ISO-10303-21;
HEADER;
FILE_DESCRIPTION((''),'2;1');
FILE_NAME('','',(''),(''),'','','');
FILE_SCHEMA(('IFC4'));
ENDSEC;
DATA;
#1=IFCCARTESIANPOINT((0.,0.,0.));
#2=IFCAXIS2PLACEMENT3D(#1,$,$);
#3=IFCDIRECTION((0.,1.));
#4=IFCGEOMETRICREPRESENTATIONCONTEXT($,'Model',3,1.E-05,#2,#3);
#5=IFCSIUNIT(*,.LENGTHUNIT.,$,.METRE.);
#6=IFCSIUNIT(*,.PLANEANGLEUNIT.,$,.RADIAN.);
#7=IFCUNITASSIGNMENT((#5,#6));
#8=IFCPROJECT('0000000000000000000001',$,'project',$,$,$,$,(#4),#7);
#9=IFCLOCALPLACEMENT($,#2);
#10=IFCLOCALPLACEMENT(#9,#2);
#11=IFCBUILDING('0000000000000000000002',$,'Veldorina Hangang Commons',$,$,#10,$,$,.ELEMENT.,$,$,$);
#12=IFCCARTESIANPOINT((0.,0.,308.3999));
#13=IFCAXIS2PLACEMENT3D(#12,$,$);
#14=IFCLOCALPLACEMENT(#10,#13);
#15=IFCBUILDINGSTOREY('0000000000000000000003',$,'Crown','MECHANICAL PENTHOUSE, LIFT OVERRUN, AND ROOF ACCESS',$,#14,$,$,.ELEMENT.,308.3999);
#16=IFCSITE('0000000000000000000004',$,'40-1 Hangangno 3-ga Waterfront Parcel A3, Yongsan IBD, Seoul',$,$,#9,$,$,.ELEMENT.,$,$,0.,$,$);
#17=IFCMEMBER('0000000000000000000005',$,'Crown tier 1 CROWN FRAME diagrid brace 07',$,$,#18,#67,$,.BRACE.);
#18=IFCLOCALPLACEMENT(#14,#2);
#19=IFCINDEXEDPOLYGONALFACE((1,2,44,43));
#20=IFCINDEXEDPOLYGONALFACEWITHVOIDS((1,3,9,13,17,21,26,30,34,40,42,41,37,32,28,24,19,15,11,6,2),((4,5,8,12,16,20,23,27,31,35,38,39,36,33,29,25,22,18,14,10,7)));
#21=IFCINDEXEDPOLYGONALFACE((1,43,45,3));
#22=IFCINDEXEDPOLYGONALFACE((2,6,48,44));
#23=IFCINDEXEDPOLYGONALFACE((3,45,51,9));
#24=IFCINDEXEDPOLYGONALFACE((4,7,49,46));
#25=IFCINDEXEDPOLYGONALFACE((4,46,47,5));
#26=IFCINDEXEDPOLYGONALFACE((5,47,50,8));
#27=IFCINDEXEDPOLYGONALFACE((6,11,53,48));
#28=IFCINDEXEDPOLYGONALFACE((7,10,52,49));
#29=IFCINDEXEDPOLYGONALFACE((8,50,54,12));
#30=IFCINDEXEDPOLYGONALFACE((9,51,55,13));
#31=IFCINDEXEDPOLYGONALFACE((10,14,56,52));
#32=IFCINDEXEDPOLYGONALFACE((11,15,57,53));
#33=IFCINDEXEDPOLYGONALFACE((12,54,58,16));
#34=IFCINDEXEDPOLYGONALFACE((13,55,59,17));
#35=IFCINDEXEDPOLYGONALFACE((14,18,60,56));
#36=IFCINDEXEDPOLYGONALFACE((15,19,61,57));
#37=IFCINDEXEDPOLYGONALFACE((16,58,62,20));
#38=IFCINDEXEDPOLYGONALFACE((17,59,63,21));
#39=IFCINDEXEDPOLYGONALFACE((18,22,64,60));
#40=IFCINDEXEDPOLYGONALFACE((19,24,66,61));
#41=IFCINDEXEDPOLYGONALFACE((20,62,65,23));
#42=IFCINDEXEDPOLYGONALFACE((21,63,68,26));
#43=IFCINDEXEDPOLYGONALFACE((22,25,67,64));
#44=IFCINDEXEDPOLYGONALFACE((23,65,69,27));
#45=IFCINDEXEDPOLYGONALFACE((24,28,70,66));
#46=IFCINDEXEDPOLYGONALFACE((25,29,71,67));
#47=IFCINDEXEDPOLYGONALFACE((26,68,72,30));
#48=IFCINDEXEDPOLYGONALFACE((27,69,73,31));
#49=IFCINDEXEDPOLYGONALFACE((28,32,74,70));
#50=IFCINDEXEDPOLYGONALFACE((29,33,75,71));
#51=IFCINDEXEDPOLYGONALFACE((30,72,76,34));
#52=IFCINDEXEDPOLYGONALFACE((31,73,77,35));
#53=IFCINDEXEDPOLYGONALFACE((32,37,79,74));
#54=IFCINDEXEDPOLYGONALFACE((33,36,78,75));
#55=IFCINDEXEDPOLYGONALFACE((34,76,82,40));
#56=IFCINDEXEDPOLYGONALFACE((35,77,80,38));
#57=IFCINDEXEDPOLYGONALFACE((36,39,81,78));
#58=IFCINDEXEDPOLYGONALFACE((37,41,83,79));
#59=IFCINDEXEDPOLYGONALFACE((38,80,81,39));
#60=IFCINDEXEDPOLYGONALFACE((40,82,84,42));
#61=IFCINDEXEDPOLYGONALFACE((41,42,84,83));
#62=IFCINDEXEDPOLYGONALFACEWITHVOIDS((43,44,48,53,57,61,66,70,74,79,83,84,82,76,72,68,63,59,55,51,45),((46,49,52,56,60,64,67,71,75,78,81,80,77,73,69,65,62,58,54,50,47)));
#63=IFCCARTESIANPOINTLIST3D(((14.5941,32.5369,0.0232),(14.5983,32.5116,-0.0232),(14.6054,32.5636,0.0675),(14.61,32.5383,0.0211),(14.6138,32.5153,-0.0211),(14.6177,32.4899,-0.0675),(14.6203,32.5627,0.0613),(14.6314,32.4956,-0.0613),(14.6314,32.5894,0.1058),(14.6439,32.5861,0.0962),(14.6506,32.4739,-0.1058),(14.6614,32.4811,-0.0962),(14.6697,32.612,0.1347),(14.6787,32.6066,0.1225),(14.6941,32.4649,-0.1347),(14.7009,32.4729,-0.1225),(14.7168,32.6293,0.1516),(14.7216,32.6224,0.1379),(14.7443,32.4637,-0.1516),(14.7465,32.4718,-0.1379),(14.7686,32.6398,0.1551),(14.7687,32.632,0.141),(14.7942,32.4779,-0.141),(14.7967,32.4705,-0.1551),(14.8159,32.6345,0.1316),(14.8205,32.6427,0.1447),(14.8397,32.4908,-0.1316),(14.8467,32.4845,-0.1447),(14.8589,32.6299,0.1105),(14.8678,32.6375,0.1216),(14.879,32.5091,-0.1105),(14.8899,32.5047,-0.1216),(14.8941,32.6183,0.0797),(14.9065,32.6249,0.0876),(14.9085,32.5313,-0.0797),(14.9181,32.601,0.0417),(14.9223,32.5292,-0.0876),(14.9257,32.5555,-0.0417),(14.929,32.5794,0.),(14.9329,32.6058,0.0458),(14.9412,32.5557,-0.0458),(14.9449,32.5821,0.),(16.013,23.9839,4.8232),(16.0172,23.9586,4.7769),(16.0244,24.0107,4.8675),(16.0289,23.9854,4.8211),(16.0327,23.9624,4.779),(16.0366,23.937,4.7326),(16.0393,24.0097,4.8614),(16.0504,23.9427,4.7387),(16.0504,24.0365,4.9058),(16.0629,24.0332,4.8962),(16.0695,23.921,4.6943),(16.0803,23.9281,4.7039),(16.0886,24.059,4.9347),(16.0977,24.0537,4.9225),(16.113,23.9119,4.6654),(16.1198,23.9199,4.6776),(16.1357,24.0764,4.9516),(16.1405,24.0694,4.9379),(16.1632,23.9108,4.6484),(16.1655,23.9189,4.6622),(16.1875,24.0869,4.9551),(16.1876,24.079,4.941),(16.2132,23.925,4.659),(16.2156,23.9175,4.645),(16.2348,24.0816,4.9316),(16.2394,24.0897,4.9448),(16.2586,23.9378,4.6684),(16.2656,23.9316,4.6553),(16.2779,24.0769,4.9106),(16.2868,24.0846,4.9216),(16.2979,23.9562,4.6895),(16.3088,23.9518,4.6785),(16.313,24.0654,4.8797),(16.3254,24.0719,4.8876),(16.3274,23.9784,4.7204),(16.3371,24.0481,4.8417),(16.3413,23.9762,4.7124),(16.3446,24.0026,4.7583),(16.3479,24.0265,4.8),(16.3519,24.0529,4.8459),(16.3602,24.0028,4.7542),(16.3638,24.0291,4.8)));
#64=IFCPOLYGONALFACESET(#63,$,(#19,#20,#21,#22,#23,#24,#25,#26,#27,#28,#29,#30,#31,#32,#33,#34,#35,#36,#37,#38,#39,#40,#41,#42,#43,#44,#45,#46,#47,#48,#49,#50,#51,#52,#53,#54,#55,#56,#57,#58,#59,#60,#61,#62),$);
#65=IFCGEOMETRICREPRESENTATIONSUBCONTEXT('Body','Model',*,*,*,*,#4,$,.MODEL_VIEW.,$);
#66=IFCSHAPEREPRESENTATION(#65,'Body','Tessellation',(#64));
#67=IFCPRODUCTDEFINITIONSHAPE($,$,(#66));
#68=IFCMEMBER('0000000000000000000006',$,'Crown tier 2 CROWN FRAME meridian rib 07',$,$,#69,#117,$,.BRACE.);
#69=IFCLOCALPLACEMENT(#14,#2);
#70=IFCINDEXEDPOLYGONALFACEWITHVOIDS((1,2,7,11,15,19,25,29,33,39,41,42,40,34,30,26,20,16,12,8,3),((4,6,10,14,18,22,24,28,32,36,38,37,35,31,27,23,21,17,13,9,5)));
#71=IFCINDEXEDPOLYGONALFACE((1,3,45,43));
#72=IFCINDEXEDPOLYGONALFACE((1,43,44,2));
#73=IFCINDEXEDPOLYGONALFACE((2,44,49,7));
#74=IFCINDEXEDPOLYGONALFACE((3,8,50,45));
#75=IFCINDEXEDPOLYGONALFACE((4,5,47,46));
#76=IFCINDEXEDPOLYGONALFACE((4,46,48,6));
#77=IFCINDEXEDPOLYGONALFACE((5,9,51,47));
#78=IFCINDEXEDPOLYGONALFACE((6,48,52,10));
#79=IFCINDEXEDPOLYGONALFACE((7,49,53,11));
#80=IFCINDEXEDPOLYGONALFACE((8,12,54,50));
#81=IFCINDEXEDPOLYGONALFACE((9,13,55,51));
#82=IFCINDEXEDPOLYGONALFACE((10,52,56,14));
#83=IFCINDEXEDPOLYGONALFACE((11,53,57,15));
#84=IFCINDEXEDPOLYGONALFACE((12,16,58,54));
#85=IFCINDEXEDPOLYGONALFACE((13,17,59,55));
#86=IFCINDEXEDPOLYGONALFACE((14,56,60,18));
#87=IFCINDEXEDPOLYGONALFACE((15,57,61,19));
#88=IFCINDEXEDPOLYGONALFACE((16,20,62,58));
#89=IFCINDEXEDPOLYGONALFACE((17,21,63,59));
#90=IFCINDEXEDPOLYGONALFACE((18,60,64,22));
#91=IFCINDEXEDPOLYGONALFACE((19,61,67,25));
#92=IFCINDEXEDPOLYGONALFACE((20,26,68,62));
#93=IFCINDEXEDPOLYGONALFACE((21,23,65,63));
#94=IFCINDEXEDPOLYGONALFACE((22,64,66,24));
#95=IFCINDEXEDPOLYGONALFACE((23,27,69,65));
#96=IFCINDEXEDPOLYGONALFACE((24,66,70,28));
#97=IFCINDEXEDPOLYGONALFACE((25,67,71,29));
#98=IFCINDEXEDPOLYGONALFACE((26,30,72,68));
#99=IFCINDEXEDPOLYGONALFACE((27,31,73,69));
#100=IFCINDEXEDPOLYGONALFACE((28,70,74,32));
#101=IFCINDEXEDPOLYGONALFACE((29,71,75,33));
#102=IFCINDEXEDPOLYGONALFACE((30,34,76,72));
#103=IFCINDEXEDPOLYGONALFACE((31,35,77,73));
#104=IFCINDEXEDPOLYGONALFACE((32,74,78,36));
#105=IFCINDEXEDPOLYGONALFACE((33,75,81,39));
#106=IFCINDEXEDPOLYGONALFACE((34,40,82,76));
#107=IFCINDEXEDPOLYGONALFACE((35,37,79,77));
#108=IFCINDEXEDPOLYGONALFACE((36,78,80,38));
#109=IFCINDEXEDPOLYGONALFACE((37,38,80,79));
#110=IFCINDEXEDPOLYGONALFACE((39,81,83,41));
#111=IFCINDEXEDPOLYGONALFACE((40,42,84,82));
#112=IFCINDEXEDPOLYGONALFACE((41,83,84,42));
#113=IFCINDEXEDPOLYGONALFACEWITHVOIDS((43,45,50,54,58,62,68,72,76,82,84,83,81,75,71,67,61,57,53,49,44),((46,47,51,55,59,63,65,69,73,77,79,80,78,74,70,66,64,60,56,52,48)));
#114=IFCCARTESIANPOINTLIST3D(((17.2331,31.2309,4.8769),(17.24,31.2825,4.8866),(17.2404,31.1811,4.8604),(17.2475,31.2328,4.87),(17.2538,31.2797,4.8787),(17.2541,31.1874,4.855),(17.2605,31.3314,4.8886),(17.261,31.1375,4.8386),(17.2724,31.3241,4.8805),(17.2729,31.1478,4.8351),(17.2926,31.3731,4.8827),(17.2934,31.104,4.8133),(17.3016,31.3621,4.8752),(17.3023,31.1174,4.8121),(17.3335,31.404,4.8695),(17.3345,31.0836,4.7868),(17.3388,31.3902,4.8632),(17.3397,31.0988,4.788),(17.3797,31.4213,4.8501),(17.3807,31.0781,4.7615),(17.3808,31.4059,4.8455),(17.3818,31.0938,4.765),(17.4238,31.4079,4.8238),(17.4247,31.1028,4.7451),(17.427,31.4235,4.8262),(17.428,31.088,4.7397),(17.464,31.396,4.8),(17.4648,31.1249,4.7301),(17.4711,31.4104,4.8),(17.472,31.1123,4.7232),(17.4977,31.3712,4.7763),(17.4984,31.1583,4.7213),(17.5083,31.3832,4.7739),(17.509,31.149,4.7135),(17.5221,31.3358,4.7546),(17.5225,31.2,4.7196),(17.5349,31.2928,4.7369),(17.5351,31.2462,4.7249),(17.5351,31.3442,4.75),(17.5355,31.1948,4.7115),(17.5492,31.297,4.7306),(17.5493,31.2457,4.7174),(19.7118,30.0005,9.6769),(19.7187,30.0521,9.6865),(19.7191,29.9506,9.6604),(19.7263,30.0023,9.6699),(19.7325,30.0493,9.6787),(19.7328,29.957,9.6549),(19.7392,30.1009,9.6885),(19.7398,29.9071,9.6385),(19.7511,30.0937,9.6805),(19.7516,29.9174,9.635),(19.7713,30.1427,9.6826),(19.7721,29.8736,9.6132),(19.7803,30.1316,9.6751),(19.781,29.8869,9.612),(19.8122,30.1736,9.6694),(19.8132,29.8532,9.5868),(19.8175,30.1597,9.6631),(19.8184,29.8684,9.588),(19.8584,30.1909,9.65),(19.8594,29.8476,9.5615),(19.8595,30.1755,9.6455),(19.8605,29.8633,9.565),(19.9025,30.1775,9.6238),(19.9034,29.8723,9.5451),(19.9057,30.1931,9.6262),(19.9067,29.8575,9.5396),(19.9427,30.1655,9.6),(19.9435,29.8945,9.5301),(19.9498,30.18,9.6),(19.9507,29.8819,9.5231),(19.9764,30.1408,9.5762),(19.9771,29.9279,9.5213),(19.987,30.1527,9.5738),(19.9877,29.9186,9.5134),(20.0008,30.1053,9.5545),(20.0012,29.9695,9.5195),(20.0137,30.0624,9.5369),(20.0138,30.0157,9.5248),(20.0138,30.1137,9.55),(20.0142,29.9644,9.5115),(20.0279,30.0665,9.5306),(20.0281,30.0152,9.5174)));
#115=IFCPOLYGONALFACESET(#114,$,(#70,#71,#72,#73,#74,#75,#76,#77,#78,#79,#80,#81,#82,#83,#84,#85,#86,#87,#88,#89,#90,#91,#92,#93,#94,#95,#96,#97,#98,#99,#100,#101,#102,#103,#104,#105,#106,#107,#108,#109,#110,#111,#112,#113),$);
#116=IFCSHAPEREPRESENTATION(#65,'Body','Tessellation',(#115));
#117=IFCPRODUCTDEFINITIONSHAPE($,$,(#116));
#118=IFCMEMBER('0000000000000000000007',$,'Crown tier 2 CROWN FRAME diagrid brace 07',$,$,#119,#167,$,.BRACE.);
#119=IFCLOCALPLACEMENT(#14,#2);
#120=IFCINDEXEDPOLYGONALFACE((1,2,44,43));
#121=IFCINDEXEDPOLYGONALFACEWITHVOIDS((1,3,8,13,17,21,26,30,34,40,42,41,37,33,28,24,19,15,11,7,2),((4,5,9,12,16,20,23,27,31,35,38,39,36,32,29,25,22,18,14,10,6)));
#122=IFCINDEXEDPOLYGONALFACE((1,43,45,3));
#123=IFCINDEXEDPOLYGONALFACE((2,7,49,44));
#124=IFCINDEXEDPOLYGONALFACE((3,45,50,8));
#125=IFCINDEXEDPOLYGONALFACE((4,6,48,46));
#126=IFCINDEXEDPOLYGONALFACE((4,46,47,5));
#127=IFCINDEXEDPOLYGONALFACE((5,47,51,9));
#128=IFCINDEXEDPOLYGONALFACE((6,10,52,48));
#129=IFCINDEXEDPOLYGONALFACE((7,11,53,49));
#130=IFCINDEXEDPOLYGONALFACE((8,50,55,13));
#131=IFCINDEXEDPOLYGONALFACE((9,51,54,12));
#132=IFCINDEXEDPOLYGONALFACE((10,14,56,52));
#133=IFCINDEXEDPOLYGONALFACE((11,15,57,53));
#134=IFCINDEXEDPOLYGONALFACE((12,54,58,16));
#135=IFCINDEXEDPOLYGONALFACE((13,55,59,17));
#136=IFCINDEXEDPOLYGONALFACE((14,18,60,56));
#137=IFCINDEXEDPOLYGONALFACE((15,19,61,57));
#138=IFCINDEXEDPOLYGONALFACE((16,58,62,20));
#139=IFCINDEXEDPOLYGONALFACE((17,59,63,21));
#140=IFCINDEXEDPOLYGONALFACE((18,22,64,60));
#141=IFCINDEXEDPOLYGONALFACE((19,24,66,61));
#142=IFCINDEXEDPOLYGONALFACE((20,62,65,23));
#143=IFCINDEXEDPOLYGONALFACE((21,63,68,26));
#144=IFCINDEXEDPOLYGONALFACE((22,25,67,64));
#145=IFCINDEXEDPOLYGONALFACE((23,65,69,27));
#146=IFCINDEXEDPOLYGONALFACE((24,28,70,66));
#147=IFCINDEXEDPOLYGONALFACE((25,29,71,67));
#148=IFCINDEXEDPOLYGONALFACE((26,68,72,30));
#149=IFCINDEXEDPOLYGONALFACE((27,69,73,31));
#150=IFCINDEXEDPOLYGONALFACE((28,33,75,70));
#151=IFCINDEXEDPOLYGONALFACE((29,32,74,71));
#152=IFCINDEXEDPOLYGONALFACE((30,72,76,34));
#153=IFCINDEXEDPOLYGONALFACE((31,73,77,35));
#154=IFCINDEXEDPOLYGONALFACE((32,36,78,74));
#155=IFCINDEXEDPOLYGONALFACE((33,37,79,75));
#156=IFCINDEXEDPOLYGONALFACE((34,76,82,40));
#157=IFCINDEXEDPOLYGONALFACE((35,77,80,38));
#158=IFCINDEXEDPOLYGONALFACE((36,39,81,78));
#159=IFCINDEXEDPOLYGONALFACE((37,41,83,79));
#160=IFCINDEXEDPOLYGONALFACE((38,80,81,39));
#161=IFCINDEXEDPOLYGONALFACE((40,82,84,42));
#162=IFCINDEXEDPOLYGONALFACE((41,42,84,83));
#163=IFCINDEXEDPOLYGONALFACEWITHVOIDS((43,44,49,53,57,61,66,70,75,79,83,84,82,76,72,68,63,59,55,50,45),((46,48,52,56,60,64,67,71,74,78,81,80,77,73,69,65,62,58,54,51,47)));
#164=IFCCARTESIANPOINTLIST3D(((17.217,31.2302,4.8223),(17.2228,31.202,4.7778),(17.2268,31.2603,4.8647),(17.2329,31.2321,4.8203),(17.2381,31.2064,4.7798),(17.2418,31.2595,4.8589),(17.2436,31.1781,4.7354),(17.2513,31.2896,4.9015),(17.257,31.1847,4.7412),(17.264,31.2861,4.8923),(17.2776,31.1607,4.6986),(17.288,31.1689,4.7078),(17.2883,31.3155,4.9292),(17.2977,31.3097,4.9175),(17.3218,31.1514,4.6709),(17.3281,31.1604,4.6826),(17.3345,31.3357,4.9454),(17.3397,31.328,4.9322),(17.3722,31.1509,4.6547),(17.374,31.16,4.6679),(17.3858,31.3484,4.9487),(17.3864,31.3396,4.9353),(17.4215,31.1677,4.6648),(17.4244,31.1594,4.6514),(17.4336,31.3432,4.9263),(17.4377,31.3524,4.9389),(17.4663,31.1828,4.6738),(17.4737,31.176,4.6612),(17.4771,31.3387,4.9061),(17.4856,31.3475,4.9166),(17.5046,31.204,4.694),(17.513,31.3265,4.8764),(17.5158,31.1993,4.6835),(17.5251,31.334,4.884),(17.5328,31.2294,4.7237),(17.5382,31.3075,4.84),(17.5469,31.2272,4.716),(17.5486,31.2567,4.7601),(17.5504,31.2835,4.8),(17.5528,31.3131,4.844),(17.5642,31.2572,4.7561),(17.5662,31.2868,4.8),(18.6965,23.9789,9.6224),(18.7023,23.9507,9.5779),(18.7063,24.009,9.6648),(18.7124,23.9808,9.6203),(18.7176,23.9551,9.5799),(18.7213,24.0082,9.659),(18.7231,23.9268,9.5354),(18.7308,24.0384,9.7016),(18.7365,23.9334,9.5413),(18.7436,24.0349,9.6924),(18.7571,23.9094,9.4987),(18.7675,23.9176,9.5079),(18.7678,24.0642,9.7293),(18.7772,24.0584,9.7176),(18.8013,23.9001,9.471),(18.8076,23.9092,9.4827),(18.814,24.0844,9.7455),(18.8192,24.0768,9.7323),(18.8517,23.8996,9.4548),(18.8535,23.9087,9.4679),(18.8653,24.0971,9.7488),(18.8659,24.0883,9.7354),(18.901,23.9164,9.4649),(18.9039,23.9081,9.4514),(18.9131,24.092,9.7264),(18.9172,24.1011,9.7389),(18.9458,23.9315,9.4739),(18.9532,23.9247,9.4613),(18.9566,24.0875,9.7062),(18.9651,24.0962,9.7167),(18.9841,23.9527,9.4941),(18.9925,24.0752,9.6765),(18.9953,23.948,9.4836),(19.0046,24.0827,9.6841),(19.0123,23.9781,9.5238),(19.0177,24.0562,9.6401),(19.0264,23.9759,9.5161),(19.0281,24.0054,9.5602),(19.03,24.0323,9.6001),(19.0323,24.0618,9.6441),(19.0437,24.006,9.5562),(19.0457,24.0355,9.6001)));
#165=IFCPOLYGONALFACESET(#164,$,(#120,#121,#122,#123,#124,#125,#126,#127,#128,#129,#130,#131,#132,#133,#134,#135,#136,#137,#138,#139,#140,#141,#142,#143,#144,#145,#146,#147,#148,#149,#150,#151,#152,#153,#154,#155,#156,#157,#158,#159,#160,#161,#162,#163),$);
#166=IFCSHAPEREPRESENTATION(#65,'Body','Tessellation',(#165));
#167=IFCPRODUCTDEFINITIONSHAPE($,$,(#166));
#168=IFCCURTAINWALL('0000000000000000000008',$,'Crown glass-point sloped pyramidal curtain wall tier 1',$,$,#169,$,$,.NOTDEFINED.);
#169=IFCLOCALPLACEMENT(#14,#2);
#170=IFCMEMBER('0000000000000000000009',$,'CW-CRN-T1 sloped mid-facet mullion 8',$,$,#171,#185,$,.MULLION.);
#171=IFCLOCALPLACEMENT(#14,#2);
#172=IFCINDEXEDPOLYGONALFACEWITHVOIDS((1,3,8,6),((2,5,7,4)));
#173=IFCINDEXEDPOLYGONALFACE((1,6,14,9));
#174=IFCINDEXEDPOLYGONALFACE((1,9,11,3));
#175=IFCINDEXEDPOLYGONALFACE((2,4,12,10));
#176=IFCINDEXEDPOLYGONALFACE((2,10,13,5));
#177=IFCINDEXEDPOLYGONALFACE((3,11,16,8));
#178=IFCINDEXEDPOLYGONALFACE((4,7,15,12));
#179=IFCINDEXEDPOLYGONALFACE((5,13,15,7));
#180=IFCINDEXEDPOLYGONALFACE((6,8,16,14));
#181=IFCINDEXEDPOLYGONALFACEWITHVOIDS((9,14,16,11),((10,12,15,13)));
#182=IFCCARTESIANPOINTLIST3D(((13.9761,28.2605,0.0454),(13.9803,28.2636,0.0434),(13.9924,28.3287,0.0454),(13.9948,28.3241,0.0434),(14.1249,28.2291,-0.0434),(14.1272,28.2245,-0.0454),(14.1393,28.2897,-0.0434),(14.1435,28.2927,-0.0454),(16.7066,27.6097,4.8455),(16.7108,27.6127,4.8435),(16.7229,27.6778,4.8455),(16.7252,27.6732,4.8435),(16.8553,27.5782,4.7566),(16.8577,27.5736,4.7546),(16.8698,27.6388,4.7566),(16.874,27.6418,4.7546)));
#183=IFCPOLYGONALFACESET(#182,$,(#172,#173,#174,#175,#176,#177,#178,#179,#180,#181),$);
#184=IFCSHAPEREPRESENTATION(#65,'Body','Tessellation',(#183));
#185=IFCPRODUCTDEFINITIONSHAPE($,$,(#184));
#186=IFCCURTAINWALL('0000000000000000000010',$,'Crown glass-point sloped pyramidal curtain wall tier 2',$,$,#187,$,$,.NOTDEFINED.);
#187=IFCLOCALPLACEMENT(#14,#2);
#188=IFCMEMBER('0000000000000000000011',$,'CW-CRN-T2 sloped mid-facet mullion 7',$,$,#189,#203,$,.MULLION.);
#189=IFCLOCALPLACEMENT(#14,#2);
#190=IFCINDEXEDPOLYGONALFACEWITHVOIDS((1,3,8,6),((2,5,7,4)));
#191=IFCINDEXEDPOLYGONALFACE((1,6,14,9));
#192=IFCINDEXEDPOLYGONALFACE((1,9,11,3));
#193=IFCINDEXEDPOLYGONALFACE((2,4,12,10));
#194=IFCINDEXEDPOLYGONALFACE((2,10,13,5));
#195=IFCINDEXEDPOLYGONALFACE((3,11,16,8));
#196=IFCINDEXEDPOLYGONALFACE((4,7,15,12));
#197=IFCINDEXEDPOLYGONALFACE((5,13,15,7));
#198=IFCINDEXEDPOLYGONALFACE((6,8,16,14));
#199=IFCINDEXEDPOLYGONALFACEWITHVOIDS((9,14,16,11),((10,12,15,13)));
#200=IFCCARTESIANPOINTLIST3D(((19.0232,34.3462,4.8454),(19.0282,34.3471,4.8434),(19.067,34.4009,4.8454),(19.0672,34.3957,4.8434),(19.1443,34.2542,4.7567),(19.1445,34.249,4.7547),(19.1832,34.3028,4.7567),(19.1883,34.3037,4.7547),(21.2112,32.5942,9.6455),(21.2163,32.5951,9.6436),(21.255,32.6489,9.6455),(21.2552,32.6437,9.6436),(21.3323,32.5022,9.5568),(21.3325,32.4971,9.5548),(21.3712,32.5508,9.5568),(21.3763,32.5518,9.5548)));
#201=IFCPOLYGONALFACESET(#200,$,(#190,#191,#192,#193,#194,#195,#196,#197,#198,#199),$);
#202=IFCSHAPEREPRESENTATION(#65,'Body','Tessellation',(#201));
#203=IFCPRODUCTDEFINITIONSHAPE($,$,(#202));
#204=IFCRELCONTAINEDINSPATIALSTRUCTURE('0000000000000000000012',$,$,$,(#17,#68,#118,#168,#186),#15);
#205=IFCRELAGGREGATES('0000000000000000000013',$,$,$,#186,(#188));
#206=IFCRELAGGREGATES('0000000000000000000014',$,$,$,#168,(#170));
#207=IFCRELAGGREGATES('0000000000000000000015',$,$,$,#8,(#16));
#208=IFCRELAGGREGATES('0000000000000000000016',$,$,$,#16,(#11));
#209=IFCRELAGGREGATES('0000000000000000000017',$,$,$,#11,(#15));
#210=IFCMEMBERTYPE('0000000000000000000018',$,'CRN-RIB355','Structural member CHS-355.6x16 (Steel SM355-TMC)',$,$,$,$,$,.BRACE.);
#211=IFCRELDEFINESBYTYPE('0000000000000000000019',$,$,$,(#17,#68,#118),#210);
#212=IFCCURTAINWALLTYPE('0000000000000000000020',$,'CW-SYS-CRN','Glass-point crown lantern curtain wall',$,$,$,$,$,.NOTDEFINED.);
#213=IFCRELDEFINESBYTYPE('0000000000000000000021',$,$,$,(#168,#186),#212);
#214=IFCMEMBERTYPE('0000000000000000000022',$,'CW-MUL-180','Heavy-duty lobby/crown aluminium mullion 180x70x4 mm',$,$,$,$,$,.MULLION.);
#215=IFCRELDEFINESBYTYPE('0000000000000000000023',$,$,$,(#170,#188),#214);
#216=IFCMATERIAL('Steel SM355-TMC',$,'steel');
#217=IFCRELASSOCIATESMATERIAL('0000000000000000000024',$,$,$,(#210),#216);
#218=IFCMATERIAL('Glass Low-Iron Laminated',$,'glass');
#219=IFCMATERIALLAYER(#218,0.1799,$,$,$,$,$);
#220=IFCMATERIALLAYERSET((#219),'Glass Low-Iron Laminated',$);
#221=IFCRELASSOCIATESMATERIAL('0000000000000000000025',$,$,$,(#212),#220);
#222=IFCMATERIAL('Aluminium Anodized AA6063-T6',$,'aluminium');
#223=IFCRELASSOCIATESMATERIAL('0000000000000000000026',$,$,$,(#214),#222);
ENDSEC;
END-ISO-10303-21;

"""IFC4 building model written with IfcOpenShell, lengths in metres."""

from ifc_helpers import new_model, si_unit, direction, frame, origin, origin_2d, place, context, subcontext, project, spatial, hollow_rectangle, hollow_circle, extrude, material, layer, layer_set, material_profile, profile_set, type_object, element, aggregate, save


model = new_model("IFC4")

# Units and contexts
model_context = context("Model", 3, precision=1e-05, world=origin(), true_north=direction((0.0, 1.0)))
body_context = subcontext(model_context, "Body", "Model", "MODEL_VIEW")
ifc_project = project(units=[si_unit("LENGTHUNIT", "METRE"), si_unit("PLANEANGLEUNIT", "RADIAN")], contexts=[model_context])

# Site, building, storey
site_placement = place(None, origin())
site = spatial("IfcSite", under=ifc_project, at=site_placement, Name="40-1 Hangangno 3-ga Waterfront Parcel A3, Yongsan IBD, Seoul", CompositionType="ELEMENT", RefElevation=0.0)
building_placement = place(site_placement, origin())
building = spatial("IfcBuilding", under=site, at=building_placement, Name="Veldorina Hangang Commons", CompositionType="ELEMENT")
storey_placement = place(building_placement, frame((0.0, 0.0, 308.3999)))
storey = spatial("IfcBuildingStorey", under=building, at=storey_placement, Name="Crown", Description="MECHANICAL PENTHOUSE, LIFT OVERRUN, AND ROOF ACCESS", CompositionType="ELEMENT", Elevation=308.3999)

# Members
ifc_material_1 = material(Name="Steel SM355-TMC", Category="steel")
ifc_material_profile_1 = material_profile(ifc_material_1, hollow_circle(Radius=0.1777, WallThickness=0.0161, at=origin_2d()), Name="CHS-355.6x16")
ifc_profile_set_1 = profile_set([ifc_material_profile_1], Name="Steel SM355-TMC")
member_type_1 = type_object("IfcMemberType", Name="CRN-RIB355", Description="Structural member CHS-355.6x16 (Steel SM355-TMC)", PredefinedType="BRACE", material=ifc_profile_set_1)
member_1_placement = place(storey_placement, frame((14.7695, 32.553, 0.0), z_axis=(0.143184, -0.863069, 0.484366), x_axis=(0.986516, 0.163664, 0.0)))
element("IfcMember", 1, at=member_1_placement, inside=storey, type_object=member_type_1, Name="Crown tier 1 CROWN FRAME diagrid brace 07", PredefinedType="BRACE", context=body_context, shape_type="SweptSolid", body=[
    extrude(hollow_circle(Radius=0.1777, WallThickness=0.0161, at=origin_2d()), origin(), (0.0, 0.0, 1.0), 9.9099),
])
member_2_placement = place(storey_placement, frame((17.3921, 31.2512, 4.8), z_axis=(0.447377, -0.22208, 0.866334), x_axis=(0.444636, 0.895712, 0.0)))
element("IfcMember", 2, at=member_2_placement, inside=storey, type_object=member_type_1, Name="Crown tier 2 CROWN FRAME meridian rib 07", PredefinedType="BRACE", context=body_context, shape_type="SweptSolid", body=[
    extrude(hollow_circle(Radius=0.1777, WallThickness=0.0161, at=origin_2d()), origin(), (0.0, 0.0, 1.0), 5.5405),
])
member_3_placement = place(storey_placement, frame((17.3921, 31.2512, 4.8), z_axis=(0.167724, -0.822043, 0.544163), x_axis=(0.979813, 0.199915, 0.0)))
element("IfcMember", 3, at=member_3_placement, inside=storey, type_object=member_type_1, Name="Crown tier 2 CROWN FRAME diagrid brace 07", PredefinedType="BRACE", context=body_context, shape_type="SweptSolid", body=[
    extrude(hollow_circle(Radius=0.1777, WallThickness=0.0161, at=origin_2d()), origin(), (0.0, 0.0, 1.0), 8.821),
])

# Curtain wall, member
ifc_material_2 = material(Name="Glass Low-Iron Laminated", Category="glass")
ifc_layer_1 = layer(ifc_material_2, 0.1799)
ifc_layer_set_1 = layer_set([ifc_layer_1], Name="Glass Low-Iron Laminated")
curtain_wall_type = type_object("IfcCurtainWallType", Name="CW-SYS-CRN", Description="Glass-point crown lantern curtain wall", PredefinedType="NOTDEFINED", material=ifc_layer_set_1)
curtain_wall_1_placement = place(storey_placement, origin())
curtain_wall_1 = element("IfcCurtainWall", 4, at=curtain_wall_1_placement, inside=storey, type_object=curtain_wall_type, Name="Crown glass-point sloped pyramidal curtain wall tier 1", PredefinedType="NOTDEFINED")
ifc_material_3 = material(Name="Aluminium Anodized AA6063-T6", Category="aluminium")
ifc_material_profile_2 = material_profile(ifc_material_3, hollow_rectangle(XDim=0.0701, YDim=0.1799, WallThickness=0.0039, at=origin_2d()), Name="ALU-RHS-180x70x4")
ifc_profile_set_2 = profile_set([ifc_material_profile_2], Name="Aluminium Anodized AA6063-T6")
member_type_2 = type_object("IfcMemberType", Name="CW-MUL-180", Description="Heavy-duty lobby/crown aluminium mullion 180x70x4 mm", PredefinedType="MULLION", material=ifc_profile_set_2)
member_4_placement = place(storey_placement, frame((14.0598, 28.2766, 0.0), z_axis=(0.491044, -0.117053, 0.863235), x_axis=(0.231879, 0.972745, 0.0)))
member_4 = element("IfcMember", 5, at=member_4_placement, type_object=member_type_2, Name="CW-CRN-T1 sloped mid-facet mullion 8", PredefinedType="MULLION", context=body_context, shape_type="SweptSolid", body=[
    extrude(hollow_rectangle(XDim=0.0701, YDim=0.1799, WallThickness=0.0039, at=origin_2d()), origin(), (0.0, 0.0, 1.0), 5.5605),
])

# Curtain wall, member
curtain_wall_2_placement = place(storey_placement, origin())
curtain_wall_2 = element("IfcCurtainWall", 6, at=curtain_wall_2_placement, inside=storey, type_object=curtain_wall_type, Name="Crown glass-point sloped pyramidal curtain wall tier 2", PredefinedType="NOTDEFINED")
member_5_placement = place(storey_placement, frame((19.1057, 34.325, 4.8), z_axis=(0.393628, -0.315184, 0.863549), x_axis=(0.625035, 0.780597, 0.0)))
member_5 = element("IfcMember", 7, at=member_5_placement, type_object=member_type_2, Name="CW-CRN-T2 sloped mid-facet mullion 7", PredefinedType="MULLION", context=body_context, shape_type="SweptSolid", body=[
    extrude(hollow_rectangle(XDim=0.0701, YDim=0.1799, WallThickness=0.0039, at=origin_2d()), origin(), (0.0, 0.0, 1.0), 5.5586),
])
aggregate(curtain_wall_2, [member_5])

aggregate(curtain_wall_1, [member_4])

save(model, "model.ifc")
